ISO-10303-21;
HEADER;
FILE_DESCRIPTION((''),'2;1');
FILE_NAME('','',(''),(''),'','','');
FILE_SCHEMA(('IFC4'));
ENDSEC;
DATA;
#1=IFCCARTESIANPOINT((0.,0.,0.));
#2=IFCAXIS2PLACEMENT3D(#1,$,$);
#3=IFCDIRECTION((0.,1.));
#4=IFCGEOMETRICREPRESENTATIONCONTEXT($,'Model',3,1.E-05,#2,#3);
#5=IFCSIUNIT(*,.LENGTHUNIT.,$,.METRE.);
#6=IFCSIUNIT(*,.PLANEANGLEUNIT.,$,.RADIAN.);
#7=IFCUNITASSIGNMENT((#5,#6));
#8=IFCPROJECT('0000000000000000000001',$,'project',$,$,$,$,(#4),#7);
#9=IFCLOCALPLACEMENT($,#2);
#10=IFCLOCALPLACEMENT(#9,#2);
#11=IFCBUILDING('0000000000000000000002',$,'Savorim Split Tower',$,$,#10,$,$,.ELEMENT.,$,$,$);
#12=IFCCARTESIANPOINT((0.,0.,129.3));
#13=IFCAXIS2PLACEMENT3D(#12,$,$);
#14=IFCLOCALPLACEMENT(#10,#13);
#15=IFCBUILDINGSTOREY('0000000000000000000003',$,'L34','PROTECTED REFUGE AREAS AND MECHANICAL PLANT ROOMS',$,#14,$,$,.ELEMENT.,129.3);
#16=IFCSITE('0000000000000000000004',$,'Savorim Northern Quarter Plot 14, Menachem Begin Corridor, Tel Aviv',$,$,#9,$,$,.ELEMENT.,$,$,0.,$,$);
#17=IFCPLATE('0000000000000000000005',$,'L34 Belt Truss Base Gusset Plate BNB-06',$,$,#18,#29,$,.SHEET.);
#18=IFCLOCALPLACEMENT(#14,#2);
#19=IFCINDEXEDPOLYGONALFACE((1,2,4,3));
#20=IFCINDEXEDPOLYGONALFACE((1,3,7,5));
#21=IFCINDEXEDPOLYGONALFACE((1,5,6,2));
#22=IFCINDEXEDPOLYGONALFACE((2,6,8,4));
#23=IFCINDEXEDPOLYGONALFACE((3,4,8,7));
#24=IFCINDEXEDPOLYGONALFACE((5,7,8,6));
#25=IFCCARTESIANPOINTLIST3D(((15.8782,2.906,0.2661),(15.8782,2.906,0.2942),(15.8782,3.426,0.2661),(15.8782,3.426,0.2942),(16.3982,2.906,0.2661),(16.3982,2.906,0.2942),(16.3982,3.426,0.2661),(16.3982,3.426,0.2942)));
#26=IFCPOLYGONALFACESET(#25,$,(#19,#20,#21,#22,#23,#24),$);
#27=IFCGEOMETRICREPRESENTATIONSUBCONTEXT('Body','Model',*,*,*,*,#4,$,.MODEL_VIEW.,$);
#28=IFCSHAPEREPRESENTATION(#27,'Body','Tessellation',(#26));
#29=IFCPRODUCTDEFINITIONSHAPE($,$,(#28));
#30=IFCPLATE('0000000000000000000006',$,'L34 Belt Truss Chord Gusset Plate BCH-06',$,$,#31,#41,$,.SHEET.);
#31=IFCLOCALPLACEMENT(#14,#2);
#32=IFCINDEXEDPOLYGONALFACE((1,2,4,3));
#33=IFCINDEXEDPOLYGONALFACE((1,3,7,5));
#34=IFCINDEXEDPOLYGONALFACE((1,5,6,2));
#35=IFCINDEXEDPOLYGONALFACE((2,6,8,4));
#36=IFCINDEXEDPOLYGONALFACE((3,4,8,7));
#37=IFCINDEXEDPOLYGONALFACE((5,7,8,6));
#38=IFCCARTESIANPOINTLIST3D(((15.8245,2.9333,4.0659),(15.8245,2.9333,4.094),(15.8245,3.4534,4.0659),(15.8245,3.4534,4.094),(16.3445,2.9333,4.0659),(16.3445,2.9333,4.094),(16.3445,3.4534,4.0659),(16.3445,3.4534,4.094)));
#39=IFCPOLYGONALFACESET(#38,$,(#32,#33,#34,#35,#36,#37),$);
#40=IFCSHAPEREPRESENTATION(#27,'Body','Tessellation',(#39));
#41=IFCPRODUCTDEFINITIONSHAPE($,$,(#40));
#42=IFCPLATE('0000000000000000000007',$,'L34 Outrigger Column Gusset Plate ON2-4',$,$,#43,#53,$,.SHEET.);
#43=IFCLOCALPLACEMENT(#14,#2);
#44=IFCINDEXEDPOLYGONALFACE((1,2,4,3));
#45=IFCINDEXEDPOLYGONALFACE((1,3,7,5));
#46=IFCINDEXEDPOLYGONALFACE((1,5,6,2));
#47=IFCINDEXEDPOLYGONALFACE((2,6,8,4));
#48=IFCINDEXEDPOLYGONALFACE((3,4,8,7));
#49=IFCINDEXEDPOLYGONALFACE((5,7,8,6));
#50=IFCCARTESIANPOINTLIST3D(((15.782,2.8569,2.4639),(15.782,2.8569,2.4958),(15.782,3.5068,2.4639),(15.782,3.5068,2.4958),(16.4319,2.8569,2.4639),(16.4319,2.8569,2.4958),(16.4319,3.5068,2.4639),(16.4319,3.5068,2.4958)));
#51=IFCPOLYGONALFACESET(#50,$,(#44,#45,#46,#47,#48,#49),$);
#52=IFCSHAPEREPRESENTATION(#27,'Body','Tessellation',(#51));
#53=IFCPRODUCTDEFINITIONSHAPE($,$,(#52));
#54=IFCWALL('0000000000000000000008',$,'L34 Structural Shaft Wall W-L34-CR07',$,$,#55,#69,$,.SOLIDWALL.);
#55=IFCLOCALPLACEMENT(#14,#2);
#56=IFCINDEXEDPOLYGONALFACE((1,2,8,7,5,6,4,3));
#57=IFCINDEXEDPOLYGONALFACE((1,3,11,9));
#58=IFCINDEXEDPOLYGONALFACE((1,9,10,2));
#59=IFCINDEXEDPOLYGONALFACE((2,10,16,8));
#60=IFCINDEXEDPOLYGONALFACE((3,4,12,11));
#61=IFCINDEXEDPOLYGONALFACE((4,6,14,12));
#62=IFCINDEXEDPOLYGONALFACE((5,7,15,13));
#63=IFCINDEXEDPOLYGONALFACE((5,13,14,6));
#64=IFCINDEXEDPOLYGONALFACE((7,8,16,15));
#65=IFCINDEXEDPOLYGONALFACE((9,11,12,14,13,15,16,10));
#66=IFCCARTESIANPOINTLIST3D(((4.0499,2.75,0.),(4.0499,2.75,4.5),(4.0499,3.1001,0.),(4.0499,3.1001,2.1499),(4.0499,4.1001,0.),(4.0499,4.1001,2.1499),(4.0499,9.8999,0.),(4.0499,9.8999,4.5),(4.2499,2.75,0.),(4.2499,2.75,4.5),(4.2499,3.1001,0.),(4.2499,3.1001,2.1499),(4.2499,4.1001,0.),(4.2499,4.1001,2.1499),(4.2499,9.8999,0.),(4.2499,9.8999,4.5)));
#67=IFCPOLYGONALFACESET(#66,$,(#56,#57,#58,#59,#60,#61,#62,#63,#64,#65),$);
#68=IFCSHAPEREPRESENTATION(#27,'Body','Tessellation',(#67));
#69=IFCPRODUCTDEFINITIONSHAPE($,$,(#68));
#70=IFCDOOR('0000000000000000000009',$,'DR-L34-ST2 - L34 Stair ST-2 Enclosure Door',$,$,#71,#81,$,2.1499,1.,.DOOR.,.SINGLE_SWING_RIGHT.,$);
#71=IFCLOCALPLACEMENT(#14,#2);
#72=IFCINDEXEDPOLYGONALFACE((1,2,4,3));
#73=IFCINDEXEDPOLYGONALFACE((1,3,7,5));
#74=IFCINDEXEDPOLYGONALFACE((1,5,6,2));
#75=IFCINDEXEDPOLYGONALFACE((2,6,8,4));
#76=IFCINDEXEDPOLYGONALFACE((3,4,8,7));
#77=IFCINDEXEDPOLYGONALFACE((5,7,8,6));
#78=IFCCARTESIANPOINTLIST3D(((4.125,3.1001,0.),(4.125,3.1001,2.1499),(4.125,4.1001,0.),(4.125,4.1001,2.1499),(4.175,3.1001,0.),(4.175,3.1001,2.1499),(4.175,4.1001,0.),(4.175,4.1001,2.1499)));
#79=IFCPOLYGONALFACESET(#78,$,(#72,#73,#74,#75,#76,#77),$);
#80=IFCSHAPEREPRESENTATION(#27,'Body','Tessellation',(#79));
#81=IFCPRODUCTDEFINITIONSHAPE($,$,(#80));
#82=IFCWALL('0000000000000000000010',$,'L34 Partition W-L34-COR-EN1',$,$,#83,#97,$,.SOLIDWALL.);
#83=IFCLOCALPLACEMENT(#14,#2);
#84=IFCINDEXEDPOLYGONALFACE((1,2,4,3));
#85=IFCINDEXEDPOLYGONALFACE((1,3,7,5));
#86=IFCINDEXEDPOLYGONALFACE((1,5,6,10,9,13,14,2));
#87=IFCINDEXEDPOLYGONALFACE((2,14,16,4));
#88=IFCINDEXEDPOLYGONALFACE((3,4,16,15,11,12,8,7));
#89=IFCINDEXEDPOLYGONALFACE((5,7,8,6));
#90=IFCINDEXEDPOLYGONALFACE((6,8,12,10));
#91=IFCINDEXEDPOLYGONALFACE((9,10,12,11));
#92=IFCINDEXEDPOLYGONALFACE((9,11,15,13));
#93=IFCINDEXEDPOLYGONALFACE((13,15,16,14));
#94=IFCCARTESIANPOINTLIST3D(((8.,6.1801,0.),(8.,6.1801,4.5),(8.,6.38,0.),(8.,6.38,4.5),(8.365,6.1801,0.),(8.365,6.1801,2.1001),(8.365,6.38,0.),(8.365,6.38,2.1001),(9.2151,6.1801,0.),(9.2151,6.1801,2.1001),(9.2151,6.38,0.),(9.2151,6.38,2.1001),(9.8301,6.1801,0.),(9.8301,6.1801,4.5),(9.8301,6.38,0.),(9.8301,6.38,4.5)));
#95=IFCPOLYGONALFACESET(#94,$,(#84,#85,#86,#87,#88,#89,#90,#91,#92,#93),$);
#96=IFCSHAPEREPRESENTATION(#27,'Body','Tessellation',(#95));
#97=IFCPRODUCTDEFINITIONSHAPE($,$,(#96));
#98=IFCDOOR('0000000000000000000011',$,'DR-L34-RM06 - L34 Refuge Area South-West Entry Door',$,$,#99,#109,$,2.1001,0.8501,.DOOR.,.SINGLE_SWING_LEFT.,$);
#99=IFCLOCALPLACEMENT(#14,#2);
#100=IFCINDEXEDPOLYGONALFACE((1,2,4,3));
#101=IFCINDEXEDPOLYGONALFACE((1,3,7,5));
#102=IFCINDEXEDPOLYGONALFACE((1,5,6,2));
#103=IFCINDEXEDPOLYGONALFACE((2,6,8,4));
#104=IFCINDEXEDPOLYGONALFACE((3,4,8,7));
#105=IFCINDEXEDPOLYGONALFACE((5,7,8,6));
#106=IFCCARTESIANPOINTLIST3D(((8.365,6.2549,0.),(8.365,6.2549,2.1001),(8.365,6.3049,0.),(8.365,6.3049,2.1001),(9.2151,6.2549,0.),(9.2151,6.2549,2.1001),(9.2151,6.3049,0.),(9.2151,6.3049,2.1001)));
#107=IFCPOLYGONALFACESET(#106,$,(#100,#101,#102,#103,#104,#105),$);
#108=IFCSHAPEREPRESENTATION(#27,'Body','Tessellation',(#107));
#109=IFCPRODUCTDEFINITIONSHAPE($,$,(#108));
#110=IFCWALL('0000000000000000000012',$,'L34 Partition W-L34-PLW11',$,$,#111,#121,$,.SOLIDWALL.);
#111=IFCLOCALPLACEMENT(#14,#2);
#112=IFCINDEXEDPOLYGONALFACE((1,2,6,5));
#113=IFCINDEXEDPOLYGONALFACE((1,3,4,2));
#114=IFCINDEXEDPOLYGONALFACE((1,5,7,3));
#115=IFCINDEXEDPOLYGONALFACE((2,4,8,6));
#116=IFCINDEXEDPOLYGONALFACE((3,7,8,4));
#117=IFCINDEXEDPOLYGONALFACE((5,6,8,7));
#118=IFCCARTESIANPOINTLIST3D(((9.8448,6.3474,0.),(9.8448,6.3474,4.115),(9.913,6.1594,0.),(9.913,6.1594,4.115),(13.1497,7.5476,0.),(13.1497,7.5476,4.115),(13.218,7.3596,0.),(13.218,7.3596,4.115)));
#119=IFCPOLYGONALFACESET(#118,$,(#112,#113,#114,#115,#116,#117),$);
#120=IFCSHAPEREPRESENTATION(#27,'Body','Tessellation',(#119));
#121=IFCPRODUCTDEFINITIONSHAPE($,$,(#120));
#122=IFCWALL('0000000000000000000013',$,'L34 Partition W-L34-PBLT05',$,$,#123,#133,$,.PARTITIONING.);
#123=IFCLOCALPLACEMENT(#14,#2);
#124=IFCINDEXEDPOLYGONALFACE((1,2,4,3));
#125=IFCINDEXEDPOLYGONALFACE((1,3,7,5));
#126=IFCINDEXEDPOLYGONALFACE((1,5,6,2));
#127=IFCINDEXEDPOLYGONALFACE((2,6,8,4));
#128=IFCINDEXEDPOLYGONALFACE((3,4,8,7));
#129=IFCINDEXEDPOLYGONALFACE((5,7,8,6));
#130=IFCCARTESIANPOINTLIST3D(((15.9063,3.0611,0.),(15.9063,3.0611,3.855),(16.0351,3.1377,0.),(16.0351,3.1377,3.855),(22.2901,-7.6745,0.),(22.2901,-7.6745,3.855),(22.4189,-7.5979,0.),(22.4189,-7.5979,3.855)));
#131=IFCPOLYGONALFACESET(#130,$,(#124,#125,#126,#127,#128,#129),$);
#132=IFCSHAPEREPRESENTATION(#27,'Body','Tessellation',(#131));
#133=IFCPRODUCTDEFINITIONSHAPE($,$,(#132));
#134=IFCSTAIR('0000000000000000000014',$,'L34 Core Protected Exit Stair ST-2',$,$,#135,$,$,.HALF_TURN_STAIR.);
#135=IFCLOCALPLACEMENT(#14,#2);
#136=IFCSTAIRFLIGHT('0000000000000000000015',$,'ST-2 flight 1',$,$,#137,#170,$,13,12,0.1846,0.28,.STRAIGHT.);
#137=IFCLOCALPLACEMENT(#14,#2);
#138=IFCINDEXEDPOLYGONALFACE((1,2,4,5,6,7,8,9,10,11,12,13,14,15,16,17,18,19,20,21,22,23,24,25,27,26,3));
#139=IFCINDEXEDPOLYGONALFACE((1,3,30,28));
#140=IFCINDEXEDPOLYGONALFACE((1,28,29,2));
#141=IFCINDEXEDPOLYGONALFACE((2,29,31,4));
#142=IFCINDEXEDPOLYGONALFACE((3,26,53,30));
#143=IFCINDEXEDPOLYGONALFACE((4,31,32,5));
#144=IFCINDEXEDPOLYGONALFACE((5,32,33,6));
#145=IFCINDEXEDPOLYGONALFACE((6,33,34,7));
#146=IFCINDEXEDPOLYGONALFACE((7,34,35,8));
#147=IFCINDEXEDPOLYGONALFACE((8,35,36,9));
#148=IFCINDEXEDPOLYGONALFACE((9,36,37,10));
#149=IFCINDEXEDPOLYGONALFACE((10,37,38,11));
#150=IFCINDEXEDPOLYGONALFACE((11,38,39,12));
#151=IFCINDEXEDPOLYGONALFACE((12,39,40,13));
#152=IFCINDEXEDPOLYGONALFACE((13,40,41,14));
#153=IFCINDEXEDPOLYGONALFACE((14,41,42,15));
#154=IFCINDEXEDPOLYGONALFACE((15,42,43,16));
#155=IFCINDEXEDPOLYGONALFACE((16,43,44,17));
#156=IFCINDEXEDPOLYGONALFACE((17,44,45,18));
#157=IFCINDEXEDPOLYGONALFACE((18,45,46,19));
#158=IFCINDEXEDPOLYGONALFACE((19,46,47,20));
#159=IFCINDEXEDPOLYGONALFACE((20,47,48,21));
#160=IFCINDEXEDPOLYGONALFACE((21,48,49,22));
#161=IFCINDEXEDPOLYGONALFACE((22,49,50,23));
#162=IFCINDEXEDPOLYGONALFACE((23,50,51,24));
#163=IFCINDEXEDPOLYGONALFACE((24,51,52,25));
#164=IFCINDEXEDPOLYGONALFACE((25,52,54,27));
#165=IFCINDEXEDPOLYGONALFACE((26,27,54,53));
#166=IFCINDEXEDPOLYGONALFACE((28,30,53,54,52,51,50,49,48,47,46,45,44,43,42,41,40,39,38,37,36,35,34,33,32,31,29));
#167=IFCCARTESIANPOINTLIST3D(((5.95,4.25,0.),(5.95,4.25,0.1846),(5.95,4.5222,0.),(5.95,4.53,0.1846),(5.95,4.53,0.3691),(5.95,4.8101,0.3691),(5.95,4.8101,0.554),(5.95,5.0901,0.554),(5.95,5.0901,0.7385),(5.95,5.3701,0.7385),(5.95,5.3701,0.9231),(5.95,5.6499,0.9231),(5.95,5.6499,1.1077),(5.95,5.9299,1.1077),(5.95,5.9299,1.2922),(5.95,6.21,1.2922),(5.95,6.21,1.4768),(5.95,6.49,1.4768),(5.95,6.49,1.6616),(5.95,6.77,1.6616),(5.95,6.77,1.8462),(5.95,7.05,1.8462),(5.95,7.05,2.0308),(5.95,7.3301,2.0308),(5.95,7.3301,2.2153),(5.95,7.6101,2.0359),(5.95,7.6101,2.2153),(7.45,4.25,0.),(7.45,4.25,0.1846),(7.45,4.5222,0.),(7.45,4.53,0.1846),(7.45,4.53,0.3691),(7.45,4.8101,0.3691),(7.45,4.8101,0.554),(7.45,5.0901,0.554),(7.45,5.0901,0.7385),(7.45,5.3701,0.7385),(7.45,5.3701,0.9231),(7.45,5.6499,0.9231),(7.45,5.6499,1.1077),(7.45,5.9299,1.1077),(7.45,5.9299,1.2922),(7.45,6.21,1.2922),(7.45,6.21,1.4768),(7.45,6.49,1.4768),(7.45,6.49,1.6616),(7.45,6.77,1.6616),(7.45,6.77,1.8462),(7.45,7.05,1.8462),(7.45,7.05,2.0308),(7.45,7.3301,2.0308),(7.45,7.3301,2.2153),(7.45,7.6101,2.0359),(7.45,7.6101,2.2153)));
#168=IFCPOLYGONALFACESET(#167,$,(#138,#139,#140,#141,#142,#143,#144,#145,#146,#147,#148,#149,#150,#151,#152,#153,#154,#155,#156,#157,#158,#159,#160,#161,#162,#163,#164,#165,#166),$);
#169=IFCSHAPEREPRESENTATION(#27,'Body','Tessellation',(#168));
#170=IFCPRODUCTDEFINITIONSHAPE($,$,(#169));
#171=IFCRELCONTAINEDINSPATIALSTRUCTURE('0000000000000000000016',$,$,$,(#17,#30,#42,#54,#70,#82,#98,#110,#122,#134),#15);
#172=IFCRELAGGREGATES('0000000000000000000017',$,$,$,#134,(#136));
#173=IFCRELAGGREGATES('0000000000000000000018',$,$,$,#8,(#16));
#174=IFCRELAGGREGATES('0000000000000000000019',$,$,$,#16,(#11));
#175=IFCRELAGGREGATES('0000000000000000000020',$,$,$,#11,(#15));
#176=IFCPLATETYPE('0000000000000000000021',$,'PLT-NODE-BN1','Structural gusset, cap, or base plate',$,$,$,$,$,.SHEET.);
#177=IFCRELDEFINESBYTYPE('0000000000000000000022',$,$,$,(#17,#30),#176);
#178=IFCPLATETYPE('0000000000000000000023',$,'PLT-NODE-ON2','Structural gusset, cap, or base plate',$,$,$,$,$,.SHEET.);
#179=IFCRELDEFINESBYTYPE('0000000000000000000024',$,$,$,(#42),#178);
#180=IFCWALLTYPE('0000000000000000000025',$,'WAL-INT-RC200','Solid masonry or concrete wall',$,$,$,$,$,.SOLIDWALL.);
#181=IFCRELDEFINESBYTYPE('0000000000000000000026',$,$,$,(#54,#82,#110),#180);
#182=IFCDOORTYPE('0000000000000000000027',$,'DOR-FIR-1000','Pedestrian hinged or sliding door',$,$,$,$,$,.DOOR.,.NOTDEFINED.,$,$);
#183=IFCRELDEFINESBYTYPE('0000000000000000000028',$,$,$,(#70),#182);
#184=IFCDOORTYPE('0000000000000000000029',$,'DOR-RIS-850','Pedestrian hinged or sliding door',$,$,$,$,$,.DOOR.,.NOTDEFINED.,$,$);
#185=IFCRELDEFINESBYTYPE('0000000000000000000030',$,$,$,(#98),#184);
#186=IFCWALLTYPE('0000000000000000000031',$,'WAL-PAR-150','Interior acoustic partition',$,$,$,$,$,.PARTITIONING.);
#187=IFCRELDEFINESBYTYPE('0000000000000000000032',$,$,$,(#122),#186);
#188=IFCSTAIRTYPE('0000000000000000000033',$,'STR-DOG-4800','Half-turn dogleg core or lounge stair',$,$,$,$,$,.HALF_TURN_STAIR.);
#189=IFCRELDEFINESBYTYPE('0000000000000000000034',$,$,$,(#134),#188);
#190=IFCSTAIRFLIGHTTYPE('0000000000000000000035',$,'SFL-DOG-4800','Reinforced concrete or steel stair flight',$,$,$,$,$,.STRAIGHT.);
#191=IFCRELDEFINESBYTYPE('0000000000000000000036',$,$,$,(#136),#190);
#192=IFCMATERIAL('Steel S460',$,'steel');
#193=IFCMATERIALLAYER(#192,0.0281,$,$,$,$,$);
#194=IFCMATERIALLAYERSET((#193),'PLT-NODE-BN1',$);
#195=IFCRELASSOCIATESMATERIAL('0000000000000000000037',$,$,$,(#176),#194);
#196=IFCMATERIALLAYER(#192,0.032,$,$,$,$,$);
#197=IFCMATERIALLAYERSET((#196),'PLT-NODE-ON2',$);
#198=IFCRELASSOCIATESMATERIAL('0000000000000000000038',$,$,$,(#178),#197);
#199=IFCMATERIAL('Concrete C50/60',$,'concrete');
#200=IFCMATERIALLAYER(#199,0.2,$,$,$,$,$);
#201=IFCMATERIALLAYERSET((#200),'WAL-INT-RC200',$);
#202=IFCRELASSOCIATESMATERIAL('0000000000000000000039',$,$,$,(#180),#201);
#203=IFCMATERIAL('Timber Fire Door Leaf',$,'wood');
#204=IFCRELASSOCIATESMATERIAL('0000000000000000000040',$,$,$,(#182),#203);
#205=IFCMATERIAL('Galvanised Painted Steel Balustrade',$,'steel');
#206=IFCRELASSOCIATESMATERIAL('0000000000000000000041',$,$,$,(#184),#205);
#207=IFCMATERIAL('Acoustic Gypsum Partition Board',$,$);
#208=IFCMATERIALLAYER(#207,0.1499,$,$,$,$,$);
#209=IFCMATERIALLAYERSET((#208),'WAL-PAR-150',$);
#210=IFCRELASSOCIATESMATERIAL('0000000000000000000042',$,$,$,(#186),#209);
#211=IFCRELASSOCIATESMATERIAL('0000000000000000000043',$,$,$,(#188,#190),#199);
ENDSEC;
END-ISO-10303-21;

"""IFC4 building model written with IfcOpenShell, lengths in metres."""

from ifc_helpers import new_model, si_unit, direction, frame, frame_2d, origin, origin_2d, place, context, subcontext, project, spatial, polyline, rectangle, outline, extrude, material, layer, layer_set, type_object, element, fill, aggregate, save


model = new_model("IFC4")

# Units and contexts
model_context = context("Model", 3, precision=1e-05, world=origin(), true_north=direction((0.0, 1.0)))
body_context = subcontext(model_context, "Body", "Model", "MODEL_VIEW")
ifc_project = project(units=[si_unit("LENGTHUNIT", "METRE"), si_unit("PLANEANGLEUNIT", "RADIAN")], contexts=[model_context])

# Site, building, storey
site_placement = place(None, origin())
site = spatial("IfcSite", under=ifc_project, at=site_placement, Name="Savorim Northern Quarter Plot 14, Menachem Begin Corridor, Tel Aviv", CompositionType="ELEMENT", RefElevation=0.0)
building_placement = place(site_placement, origin())
building = spatial("IfcBuilding", under=site, at=building_placement, Name="Savorim Split Tower", CompositionType="ELEMENT")
storey_placement = place(building_placement, frame((0.0, 0.0, 129.3)))
storey = spatial("IfcBuildingStorey", under=building, at=storey_placement, Name="L34", Description="PROTECTED REFUGE AREAS AND MECHANICAL PLANT ROOMS", CompositionType="ELEMENT", Elevation=129.3)

# Shared definitions
ifc_material_1 = material(Name="Steel S460", Category="steel")

# Plates
ifc_layer_1 = layer(ifc_material_1, 0.0281)
ifc_layer_set_1 = layer_set([ifc_layer_1], Name="PLT-NODE-BN1")
plate_type_1 = type_object("IfcPlateType", Name="PLT-NODE-BN1", Description="Structural gusset, cap, or base plate", PredefinedType="SHEET", material=ifc_layer_set_1)
for number, where, z_axis, x_axis, name in (
    (1, (16.1382, 3.166, 0.2661), (0.0, 0.0, 1.0), (1.0, 0.0, 0.0), "L34 Belt Truss Base Gusset Plate BNB-06"),
    (2, (16.0845, 3.1934, 4.0659), (0.0, 0.0, 1.0), (1.0, 0.0, 0.0), "L34 Belt Truss Chord Gusset Plate BCH-06"),
):
    element("IfcPlate", number, at=place(storey_placement, frame(where, z_axis=z_axis, x_axis=x_axis)), inside=storey, type_object=plate_type_1, Name=name, PredefinedType="SHEET", context=body_context, shape_type="SweptSolid", body=[
        extrude(rectangle(XDim=0.52, YDim=0.52, at=origin_2d()), origin(), (0.0, 0.0, 1.0), 0.0281),
    ])
ifc_layer_2 = layer(ifc_material_1, 0.032)
ifc_layer_set_2 = layer_set([ifc_layer_2], Name="PLT-NODE-ON2")
plate_type_2 = type_object("IfcPlateType", Name="PLT-NODE-ON2", Description="Structural gusset, cap, or base plate", PredefinedType="SHEET", material=ifc_layer_set_2)
plate_1_placement = place(storey_placement, frame((16.1069, 3.1819, 2.4639), z_axis=(0.0, 0.0, 1.0), x_axis=(1.0, 0.0, 0.0)))
element("IfcPlate", 3, at=plate_1_placement, inside=storey, type_object=plate_type_2, Name="L34 Outrigger Column Gusset Plate ON2-4", PredefinedType="SHEET", context=body_context, shape_type="SweptSolid", body=[
    extrude(rectangle(XDim=0.6499, YDim=0.6499, at=origin_2d()), origin(), (0.0, 0.0, 1.0), 0.032),
])

# Walls, openings, doors
ifc_material_2 = material(Name="Concrete C50/60", Category="concrete")
ifc_layer_3 = layer(ifc_material_2, 0.2)
ifc_layer_set_3 = layer_set([ifc_layer_3], Name="WAL-INT-RC200")
wall_type_1 = type_object("IfcWallType", Name="WAL-INT-RC200", Description="Solid masonry or concrete wall", PredefinedType="SOLIDWALL", material=ifc_layer_set_3)
wall_1_placement = place(storey_placement, frame((4.1499, 2.75, 0.0), z_axis=(0.0, 0.0, 1.0), x_axis=(0.0, 1.0, 0.0)))
wall_1 = element("IfcWall", 4, at=wall_1_placement, inside=storey, type_object=wall_type_1, Name="L34 Structural Shaft Wall W-L34-CR07", PredefinedType="SOLIDWALL", context=body_context, shape_type="SweptSolid", body=[
    extrude(rectangle(XDim=7.1499, YDim=0.2, at=frame_2d((3.575, 0.0))), origin(), (0.0, 0.0, 1.0), 4.5),
])
opening_1_placement = place(wall_1_placement, frame((0.3501, 0.0, 0.0)))
opening_1 = element("IfcOpeningElement", 5, at=opening_1_placement, cuts=wall_1, PredefinedType="OPENING", context=body_context, shape_type="SweptSolid", body=[
    extrude(rectangle(XDim=1.0, YDim=2.1499, at=frame_2d((0.5, 1.075))), frame((0.0, 0.1099, 0.0), z_axis=(0.0, -1.0, 0.0), x_axis=(1.0, 0.0, 0.0)), (0.0, 0.0, 1.0), 0.22),
])
ifc_material_3 = material(Name="Timber Fire Door Leaf", Category="wood")
door_type_1 = type_object("IfcDoorType", Name="DOR-FIR-1000", Description="Pedestrian hinged or sliding door", OperationType="NOTDEFINED", PredefinedType="DOOR", material=ifc_material_3)
door_1_placement = place(opening_1_placement, origin())
door_1 = element("IfcDoor", 6, at=door_1_placement, inside=storey, type_object=door_type_1, Name="DR-L34-ST2 - L34 Stair ST-2 Enclosure Door", OperationType="SINGLE_SWING_RIGHT", OverallHeight=2.1499, OverallWidth=1.0, PredefinedType="DOOR", context=body_context, shape_type="SweptSolid", body=[
    extrude(rectangle(XDim=1.0, YDim=2.1499, at=frame_2d((0.5, 1.075))), frame((0.0, 0.0249, 0.0), z_axis=(0.0, -1.0, 0.0), x_axis=(1.0, 0.0, 0.0)), (0.0, 0.0, 1.0), 0.05),
])
fill(opening_1, door_1)
wall_2_placement = place(storey_placement, frame((8.0, 6.28, 0.0), z_axis=(0.0, 0.0, 1.0), x_axis=(1.0, 0.0, 0.0)))
wall_2 = element("IfcWall", 7, at=wall_2_placement, inside=storey, type_object=wall_type_1, Name="L34 Partition W-L34-COR-EN1", PredefinedType="SOLIDWALL", context=body_context, shape_type="SweptSolid", body=[
    extrude(rectangle(XDim=1.8301, YDim=0.2, at=frame_2d((0.915, 0.0))), origin(), (0.0, 0.0, 1.0), 4.5),
])
opening_2_placement = place(wall_2_placement, frame((0.365, 0.0, 0.0)))
opening_2 = element("IfcOpeningElement", 8, at=opening_2_placement, cuts=wall_2, PredefinedType="OPENING", context=body_context, shape_type="SweptSolid", body=[
    extrude(rectangle(XDim=0.8501, YDim=2.1001, at=frame_2d((0.425, 1.05))), frame((0.0, 0.1099, 0.0), z_axis=(0.0, -1.0, 0.0), x_axis=(1.0, 0.0, 0.0)), (0.0, 0.0, 1.0), 0.22),
])
ifc_material_4 = material(Name="Galvanised Painted Steel Balustrade", Category="steel")
door_type_2 = type_object("IfcDoorType", Name="DOR-RIS-850", Description="Pedestrian hinged or sliding door", OperationType="NOTDEFINED", PredefinedType="DOOR", material=ifc_material_4)
door_2_placement = place(opening_2_placement, origin())
door_2 = element("IfcDoor", 9, at=door_2_placement, inside=storey, type_object=door_type_2, Name="DR-L34-RM06 - L34 Refuge Area South-West Entry Door", OperationType="SINGLE_SWING_LEFT", OverallHeight=2.1001, OverallWidth=0.8501, PredefinedType="DOOR", context=body_context, shape_type="SweptSolid", body=[
    extrude(rectangle(XDim=0.8501, YDim=2.1001, at=frame_2d((0.425, 1.05))), frame((0.0, 0.0249, 0.0), z_axis=(0.0, -1.0, 0.0), x_axis=(1.0, 0.0, 0.0)), (0.0, 0.0, 1.0), 0.05),
])
fill(opening_2, door_2)

# Walls
wall_3_placement = place(storey_placement, frame((9.8789, 6.2534, 0.0), z_axis=(0.0, 0.0, 1.0), x_axis=(0.939939, 0.341342, 0.0)))
element("IfcWall", 10, at=wall_3_placement, inside=storey, type_object=wall_type_1, Name="L34 Partition W-L34-PLW11", PredefinedType="SOLIDWALL", context=body_context, shape_type="SweptSolid", body=[
    extrude(rectangle(XDim=3.5161, YDim=0.2, at=frame_2d((1.7581, 0.0))), origin(), (0.0, 0.0, 1.0), 4.115),
])
ifc_material_5 = material(Name="Acoustic Gypsum Partition Board")
ifc_layer_4 = layer(ifc_material_5, 0.1499)
ifc_layer_set_4 = layer_set([ifc_layer_4], Name="WAL-PAR-150")
wall_type_2 = type_object("IfcWallType", Name="WAL-PAR-150", Description="Interior acoustic partition", PredefinedType="PARTITIONING", material=ifc_layer_set_4)
wall_4_placement = place(storey_placement, frame((15.9707, 3.0994, 0.0), z_axis=(0.0, 0.0, 1.0), x_axis=(0.511103, -0.85952, 0.0)))
element("IfcWall", 11, at=wall_4_placement, inside=storey, type_object=wall_type_2, Name="L34 Partition W-L34-PBLT05", PredefinedType="PARTITIONING", context=body_context, shape_type="SweptSolid", body=[
    extrude(rectangle(XDim=12.4902, YDim=0.1499, at=frame_2d((6.2451, 0.0))), origin(), (0.0, 0.0, 1.0), 3.855),
])

# Stair, stair flight
stair_type = type_object("IfcStairType", Name="STR-DOG-4800", Description="Half-turn dogleg core or lounge stair", PredefinedType="HALF_TURN_STAIR", material=ifc_material_2)
stair_placement = place(storey_placement, origin())
stair = element("IfcStair", 12, at=stair_placement, inside=storey, type_object=stair_type, Name="L34 Core Protected Exit Stair ST-2", PredefinedType="HALF_TURN_STAIR")
stair_flight_type = type_object("IfcStairFlightType", Name="SFL-DOG-4800", Description="Reinforced concrete or steel stair flight", PredefinedType="STRAIGHT", material=ifc_material_2)
stair_flight_1_placement = place(storey_placement, frame((6.7, 4.25, 0.0), z_axis=(0.0, 0.0, 1.0), x_axis=(0.0, 1.0, 0.0)))
stair_flight_1 = element("IfcStairFlight", 13, at=stair_flight_1_placement, type_object=stair_flight_type, Name="ST-2 flight 1", NumberOfRisers=13, NumberOfTreads=12, PredefinedType="STRAIGHT", RiserHeight=0.1846, TreadLength=0.28, context=body_context, shape_type="SweptSolid", body=[
    extrude(outline(polyline([(0.0, 0.0), (0.0, 0.1846), (0.28, 0.1846), (0.28, 0.3691), (0.5601, 0.3691), (0.5601, 0.554), (0.8401, 0.554), (0.8401, 0.7385), (1.1201, 0.7385), (1.1201, 0.9231), (1.3999, 0.9231), (1.3999, 1.1077), (1.6799, 1.1077), (1.6799, 1.2922), (1.96, 1.2922), (1.96, 1.4768), (2.24, 1.4768), (2.24, 1.6616), (2.52, 1.6616), (2.52, 1.8462), (2.8, 1.8462), (2.8, 2.0308), (3.0801, 2.0308), (3.0801, 2.2153), (3.3601, 2.2153), (3.3601, 2.3999), (3.3601, 2.0359), (0.2722, 0.0), (0.0, 0.0)])), frame((0.0, 0.75, 0.0), z_axis=(0.0, -1.0, 0.0), x_axis=(1.0, 0.0, 0.0)), (0.0, 0.0, 1.0), 1.5),
])
aggregate(stair, [stair_flight_1])

save(model, "model.ifc")
